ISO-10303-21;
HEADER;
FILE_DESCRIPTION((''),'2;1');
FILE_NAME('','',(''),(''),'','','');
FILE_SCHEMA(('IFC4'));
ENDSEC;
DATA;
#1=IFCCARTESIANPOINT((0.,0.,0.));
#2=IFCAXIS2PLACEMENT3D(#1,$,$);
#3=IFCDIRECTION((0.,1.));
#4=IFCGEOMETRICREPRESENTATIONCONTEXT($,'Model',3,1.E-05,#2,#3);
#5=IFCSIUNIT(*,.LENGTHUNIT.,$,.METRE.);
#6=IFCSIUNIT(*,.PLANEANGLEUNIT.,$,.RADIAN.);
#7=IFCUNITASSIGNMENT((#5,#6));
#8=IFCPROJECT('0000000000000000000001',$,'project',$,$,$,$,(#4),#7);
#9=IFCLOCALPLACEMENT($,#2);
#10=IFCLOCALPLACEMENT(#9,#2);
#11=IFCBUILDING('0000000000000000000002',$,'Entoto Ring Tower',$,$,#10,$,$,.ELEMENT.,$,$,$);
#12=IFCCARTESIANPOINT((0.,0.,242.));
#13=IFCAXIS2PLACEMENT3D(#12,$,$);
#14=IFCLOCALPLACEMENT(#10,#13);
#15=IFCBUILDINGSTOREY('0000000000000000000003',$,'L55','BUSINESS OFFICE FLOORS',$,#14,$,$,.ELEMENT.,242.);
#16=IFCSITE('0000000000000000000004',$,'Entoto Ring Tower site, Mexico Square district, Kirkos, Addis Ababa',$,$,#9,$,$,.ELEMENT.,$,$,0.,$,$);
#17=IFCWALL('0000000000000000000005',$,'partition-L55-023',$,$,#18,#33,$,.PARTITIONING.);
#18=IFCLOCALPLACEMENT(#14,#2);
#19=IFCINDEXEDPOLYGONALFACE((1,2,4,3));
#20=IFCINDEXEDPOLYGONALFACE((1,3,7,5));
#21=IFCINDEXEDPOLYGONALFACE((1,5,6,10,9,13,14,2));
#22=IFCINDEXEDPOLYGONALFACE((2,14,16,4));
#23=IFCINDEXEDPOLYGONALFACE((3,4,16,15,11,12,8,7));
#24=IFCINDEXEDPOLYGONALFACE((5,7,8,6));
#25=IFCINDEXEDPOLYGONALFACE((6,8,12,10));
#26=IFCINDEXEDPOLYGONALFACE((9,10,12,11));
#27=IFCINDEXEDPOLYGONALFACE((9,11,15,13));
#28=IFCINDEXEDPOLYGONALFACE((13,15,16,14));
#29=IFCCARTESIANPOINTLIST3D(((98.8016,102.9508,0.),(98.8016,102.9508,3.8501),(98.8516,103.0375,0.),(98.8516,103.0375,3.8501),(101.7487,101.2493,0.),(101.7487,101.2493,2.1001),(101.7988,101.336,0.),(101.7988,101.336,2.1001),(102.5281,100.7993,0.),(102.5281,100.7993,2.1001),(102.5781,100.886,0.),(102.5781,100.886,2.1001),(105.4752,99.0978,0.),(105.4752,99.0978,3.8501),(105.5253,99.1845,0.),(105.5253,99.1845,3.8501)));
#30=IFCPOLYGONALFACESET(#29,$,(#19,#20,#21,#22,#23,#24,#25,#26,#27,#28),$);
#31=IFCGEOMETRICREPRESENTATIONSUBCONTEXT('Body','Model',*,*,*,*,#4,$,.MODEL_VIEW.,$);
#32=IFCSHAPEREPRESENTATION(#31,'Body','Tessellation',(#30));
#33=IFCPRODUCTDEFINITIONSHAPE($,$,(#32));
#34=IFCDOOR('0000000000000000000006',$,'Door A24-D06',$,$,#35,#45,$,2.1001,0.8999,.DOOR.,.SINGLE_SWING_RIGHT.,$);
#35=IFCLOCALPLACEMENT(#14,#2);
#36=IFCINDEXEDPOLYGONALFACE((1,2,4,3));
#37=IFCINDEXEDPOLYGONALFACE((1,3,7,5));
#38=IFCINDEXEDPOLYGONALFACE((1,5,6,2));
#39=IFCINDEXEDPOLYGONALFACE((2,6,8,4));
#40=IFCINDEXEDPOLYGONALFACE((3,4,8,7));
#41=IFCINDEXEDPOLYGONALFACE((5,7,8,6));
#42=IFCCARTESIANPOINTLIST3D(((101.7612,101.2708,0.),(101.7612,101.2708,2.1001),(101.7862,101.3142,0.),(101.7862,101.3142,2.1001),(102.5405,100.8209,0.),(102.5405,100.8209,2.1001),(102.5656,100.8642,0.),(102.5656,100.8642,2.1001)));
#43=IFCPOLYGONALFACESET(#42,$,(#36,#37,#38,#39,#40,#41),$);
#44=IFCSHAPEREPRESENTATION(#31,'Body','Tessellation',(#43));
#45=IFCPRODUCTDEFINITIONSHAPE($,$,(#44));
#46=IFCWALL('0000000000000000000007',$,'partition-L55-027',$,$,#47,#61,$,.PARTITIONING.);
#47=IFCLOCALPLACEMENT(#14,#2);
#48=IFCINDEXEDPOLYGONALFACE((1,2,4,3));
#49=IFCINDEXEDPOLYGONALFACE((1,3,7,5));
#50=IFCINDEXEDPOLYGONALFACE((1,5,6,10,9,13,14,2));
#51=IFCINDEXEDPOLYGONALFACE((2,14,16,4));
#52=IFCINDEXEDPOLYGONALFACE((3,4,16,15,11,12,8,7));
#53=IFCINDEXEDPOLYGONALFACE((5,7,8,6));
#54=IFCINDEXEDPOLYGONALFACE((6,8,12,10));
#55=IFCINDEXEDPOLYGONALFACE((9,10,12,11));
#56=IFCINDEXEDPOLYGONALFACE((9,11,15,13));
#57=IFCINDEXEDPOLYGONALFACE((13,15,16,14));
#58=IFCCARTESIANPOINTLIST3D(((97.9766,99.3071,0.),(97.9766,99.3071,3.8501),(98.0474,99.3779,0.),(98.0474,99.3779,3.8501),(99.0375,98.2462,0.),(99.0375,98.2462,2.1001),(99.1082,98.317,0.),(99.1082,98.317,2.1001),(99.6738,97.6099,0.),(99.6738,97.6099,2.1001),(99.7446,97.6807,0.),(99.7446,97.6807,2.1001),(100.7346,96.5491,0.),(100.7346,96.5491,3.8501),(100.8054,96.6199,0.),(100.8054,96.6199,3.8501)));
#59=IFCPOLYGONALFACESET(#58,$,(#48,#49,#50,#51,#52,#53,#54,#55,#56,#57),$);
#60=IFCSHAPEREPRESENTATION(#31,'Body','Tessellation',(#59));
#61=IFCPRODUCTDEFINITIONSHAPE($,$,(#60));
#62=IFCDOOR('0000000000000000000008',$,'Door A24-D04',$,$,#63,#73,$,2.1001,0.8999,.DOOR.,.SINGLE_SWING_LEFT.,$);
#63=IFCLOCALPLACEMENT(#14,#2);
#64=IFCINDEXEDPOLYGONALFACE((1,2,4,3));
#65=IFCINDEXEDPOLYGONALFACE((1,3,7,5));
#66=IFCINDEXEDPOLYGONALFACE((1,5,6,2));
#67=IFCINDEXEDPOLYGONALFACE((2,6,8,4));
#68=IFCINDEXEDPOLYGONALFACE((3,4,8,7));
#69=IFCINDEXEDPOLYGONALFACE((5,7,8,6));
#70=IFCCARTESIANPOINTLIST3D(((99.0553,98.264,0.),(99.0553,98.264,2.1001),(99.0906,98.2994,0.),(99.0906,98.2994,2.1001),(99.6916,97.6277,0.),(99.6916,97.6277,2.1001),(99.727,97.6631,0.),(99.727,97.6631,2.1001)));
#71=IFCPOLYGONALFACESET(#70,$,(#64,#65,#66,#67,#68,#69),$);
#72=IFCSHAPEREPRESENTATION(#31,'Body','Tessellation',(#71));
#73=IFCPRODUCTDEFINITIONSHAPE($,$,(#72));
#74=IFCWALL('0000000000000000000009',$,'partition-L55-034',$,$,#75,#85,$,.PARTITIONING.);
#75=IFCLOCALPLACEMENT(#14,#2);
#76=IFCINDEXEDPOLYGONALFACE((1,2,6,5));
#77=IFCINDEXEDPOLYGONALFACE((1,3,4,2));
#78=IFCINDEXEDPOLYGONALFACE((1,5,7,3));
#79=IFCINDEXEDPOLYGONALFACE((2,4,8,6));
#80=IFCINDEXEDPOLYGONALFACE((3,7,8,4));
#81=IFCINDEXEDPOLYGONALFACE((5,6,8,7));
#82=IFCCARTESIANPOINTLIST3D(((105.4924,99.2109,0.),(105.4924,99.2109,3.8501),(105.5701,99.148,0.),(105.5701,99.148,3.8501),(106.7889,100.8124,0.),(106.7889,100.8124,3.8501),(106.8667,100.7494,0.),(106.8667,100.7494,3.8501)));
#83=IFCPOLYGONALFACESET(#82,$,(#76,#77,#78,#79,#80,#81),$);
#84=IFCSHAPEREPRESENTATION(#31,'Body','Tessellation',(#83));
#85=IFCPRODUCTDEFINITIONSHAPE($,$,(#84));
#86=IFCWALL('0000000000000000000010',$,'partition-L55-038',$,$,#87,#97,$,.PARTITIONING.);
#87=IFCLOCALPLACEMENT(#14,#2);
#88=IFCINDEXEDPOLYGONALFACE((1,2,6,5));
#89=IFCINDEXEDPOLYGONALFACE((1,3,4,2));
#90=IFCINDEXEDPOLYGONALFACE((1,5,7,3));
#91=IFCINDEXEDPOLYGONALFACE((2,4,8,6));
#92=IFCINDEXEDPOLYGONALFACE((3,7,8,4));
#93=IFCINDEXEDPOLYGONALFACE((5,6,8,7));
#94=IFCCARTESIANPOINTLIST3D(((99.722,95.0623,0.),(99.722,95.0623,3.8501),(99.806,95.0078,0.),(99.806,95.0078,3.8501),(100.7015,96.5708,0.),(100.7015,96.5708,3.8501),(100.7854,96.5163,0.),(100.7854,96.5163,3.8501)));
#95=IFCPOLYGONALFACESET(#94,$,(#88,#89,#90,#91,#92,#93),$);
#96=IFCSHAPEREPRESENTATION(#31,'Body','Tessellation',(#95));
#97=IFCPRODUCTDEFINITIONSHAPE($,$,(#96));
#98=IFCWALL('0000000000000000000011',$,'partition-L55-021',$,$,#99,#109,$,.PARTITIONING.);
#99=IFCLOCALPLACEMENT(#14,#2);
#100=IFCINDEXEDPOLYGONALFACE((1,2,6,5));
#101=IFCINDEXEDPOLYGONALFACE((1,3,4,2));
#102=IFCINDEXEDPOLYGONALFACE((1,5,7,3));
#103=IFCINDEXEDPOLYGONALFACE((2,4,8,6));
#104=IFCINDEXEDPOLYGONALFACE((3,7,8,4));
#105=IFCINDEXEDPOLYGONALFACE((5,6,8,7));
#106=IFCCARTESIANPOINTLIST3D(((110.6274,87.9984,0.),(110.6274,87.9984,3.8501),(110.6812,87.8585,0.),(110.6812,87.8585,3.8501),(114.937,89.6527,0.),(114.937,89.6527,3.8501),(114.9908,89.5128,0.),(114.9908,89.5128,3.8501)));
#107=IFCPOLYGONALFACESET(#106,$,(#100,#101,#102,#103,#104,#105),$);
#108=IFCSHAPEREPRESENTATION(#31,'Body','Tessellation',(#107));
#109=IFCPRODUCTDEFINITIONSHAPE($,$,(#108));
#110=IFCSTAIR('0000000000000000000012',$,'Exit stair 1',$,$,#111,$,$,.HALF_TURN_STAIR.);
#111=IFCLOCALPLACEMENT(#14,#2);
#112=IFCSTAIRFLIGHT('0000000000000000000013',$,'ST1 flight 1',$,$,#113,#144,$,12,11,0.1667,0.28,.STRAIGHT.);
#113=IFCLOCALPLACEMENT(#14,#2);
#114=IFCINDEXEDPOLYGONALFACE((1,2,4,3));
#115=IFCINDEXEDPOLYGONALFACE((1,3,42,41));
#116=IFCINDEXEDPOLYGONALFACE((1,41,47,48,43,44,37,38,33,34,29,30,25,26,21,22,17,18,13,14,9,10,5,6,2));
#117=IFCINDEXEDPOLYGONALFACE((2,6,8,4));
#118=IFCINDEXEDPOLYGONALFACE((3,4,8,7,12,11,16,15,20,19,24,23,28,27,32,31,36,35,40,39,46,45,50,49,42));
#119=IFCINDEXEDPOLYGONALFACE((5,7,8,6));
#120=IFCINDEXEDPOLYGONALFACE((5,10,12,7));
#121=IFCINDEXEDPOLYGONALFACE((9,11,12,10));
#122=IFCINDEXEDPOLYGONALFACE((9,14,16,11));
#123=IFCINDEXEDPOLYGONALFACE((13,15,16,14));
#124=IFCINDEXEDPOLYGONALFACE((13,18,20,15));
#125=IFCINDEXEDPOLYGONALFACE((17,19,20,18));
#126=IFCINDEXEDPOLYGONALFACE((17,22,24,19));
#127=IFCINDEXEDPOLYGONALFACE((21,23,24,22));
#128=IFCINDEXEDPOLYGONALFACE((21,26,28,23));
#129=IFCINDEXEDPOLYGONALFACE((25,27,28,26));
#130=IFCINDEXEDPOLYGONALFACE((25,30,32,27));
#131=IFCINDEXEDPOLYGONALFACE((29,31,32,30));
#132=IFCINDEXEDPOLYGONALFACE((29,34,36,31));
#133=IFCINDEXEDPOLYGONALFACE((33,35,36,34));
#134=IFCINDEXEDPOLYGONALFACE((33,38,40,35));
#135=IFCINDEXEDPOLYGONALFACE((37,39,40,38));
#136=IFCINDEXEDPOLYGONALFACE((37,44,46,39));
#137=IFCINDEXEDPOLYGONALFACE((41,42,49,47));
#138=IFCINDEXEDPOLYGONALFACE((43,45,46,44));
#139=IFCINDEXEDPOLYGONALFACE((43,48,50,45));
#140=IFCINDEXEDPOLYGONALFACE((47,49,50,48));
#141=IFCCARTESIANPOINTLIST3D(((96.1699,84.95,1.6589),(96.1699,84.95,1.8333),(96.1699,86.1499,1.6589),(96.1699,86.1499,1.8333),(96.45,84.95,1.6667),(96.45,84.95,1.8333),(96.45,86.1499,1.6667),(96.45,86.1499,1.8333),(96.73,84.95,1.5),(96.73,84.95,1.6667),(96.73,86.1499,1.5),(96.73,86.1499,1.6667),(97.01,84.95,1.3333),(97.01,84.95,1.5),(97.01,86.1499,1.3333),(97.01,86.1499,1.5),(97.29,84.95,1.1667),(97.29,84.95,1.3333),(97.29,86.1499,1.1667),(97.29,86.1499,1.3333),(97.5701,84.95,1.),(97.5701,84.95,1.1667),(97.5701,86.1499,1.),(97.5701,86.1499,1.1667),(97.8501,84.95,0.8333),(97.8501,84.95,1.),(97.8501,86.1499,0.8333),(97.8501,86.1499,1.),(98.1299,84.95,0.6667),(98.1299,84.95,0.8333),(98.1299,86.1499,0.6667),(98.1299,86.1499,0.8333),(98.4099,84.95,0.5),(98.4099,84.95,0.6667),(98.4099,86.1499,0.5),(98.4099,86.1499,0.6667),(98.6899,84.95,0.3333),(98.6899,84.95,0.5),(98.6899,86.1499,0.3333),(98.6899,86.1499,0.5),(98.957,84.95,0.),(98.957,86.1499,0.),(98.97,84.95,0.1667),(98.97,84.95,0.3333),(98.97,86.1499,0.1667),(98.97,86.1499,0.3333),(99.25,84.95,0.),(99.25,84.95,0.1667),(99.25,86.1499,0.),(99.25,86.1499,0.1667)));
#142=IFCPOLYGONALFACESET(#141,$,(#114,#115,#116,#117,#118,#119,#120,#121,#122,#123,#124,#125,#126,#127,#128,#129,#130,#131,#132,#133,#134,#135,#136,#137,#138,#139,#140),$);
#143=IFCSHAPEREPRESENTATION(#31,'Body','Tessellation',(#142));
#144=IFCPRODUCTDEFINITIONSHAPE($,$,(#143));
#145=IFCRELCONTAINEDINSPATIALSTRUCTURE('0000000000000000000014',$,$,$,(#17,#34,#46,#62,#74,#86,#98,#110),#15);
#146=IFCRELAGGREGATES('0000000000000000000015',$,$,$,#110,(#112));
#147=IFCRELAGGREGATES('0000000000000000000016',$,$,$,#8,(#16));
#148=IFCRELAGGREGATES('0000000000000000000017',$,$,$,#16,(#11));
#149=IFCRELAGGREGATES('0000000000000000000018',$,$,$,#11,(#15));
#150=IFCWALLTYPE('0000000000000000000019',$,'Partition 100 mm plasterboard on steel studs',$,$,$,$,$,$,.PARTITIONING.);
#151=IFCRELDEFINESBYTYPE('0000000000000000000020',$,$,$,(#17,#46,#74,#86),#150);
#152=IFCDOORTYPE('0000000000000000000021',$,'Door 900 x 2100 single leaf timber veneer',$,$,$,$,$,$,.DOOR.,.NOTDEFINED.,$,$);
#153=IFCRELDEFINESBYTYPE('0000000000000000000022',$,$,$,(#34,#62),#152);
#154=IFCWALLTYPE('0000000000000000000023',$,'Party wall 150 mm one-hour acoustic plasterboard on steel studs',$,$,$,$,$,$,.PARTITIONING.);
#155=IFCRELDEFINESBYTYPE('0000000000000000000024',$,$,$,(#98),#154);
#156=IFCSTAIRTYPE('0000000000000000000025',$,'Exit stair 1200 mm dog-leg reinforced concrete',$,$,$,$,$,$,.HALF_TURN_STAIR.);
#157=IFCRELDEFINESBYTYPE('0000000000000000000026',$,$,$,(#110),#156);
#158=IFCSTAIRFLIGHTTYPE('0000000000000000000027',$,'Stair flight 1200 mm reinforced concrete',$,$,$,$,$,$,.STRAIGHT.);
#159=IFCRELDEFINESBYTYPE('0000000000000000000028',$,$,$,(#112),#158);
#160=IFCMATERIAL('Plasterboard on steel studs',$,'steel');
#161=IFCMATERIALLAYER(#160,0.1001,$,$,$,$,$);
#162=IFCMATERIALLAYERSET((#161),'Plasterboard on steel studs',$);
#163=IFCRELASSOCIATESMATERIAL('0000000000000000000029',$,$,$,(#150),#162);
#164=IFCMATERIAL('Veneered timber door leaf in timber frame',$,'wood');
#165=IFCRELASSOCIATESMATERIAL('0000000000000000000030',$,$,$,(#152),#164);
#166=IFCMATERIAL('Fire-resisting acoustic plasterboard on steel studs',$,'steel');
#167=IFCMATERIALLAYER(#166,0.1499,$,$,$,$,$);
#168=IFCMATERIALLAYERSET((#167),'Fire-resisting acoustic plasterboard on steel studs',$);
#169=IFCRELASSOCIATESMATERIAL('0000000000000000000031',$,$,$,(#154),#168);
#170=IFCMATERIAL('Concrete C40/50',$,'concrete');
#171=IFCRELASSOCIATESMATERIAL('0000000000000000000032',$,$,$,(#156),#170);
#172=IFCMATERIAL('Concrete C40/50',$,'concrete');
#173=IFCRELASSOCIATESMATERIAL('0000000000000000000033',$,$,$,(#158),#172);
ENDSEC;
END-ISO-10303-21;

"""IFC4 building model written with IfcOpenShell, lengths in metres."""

from ifc_helpers import new_model, si_unit, direction, frame, frame_2d, origin, place, context, subcontext, project, spatial, polyline, rectangle, outline, extrude, material, layer, layer_set, type_object, element, fill, aggregate, save


model = new_model("IFC4")

# Units and contexts
model_context = context("Model", 3, precision=1e-05, world=origin(), true_north=direction((0.0, 1.0)))
body_context = subcontext(model_context, "Body", "Model", "MODEL_VIEW")
ifc_project = project(units=[si_unit("LENGTHUNIT", "METRE"), si_unit("PLANEANGLEUNIT", "RADIAN")], contexts=[model_context])

# Site, building, storey
site_placement = place(None, origin())
site = spatial("IfcSite", under=ifc_project, at=site_placement, Name="Entoto Ring Tower site, Mexico Square district, Kirkos, Addis Ababa", CompositionType="ELEMENT", RefElevation=0.0)
building_placement = place(site_placement, origin())
building = spatial("IfcBuilding", under=site, at=building_placement, Name="Entoto Ring Tower", CompositionType="ELEMENT")
storey_placement = place(building_placement, frame((0.0, 0.0, 242.0)))
storey = spatial("IfcBuildingStorey", under=building, at=storey_placement, Name="L55", Description="BUSINESS OFFICE FLOORS", CompositionType="ELEMENT", Elevation=242.0)

# Walls, openings, doors
ifc_material_1 = material(Name="Plasterboard on steel studs", Category="steel")
ifc_layer_1 = layer(ifc_material_1, 0.1001)
ifc_layer_set_1 = layer_set([ifc_layer_1], Name="Plasterboard on steel studs")
wall_type_1 = type_object("IfcWallType", Name="Partition 100 mm plasterboard on steel studs", PredefinedType="PARTITIONING", material=ifc_layer_set_1)
wall_1_placement = place(storey_placement, frame((105.5002, 99.1411, 0.0), z_axis=(0.0, 0.0, 1.0), x_axis=(-0.866024, 0.500003, 0.0)))
wall_1 = element("IfcWall", 1, at=wall_1_placement, inside=storey, type_object=wall_type_1, Name="partition-L55-023", PredefinedType="PARTITIONING", context=body_context, shape_type="SweptSolid", body=[
    extrude(rectangle(XDim=7.7061, YDim=0.1001, at=frame_2d((3.853, 0.0))), origin(), (0.0, 0.0, 1.0), 3.8501),
])
opening_1_placement = place(wall_1_placement, frame((3.4031, 0.0, 0.0)))
opening_1 = element("IfcOpeningElement", 2, at=opening_1_placement, cuts=wall_1, PredefinedType="OPENING", context=body_context, shape_type="SweptSolid", body=[
    extrude(rectangle(XDim=0.8999, YDim=2.1001, at=frame_2d((0.45, 1.05))), frame((0.0, 0.0601, 0.0), z_axis=(0.0, -1.0, 0.0), x_axis=(1.0, 0.0, 0.0)), (0.0, 0.0, 1.0), 0.1201),
])
ifc_material_2 = material(Name="Veneered timber door leaf in timber frame", Category="wood")
door_type_1 = type_object("IfcDoorType", Name="Door 900 x 2100 single leaf timber veneer", OperationType="NOTDEFINED", PredefinedType="DOOR", material=ifc_material_2)
door_1_placement = place(opening_1_placement, frame((0.8999, 0.0, 0.0), z_axis=(0.0, 0.0, 1.0), x_axis=(-1.0, 0.0, 0.0)))
door_1 = element("IfcDoor", 3, at=door_1_placement, inside=storey, type_object=door_type_1, Name="Door A24-D06", OperationType="SINGLE_SWING_RIGHT", OverallHeight=2.1001, OverallWidth=0.8999, PredefinedType="DOOR", context=body_context, shape_type="SweptSolid", body=[
    extrude(rectangle(XDim=0.8999, YDim=2.1001, at=frame_2d((0.45, 1.05))), frame((0.0, 0.0249, 0.0), z_axis=(0.0, -1.0, 0.0), x_axis=(1.0, 0.0, 0.0)), (0.0, 0.0, 1.0), 0.05),
])
fill(opening_1, door_1)
wall_2_placement = place(storey_placement, frame((100.77, 96.5845, 0.0), z_axis=(0.0, 0.0, 1.0), x_axis=(-0.707107, 0.707107, 0.0)))
wall_2 = element("IfcWall", 4, at=wall_2_placement, inside=storey, type_object=wall_type_1, Name="partition-L55-027", PredefinedType="PARTITIONING", context=body_context, shape_type="SweptSolid", body=[
    extrude(rectangle(XDim=3.9004, YDim=0.1001, at=frame_2d((1.9502, 0.0))), origin(), (0.0, 0.0, 1.0), 3.8501),
])
opening_2_placement = place(wall_2_placement, frame((1.5002, 0.0, 0.0)))
opening_2 = element("IfcOpeningElement", 5, at=opening_2_placement, cuts=wall_2, PredefinedType="OPENING", context=body_context, shape_type="SweptSolid", body=[
    extrude(rectangle(XDim=0.8999, YDim=2.1001, at=frame_2d((0.45, 1.05))), frame((0.0, 0.0601, 0.0), z_axis=(0.0, -1.0, 0.0), x_axis=(1.0, 0.0, 0.0)), (0.0, 0.0, 1.0), 0.1201),
])
door_2_placement = place(opening_2_placement, origin())
door_2 = element("IfcDoor", 6, at=door_2_placement, inside=storey, type_object=door_type_1, Name="Door A24-D04", OperationType="SINGLE_SWING_LEFT", OverallHeight=2.1001, OverallWidth=0.8999, PredefinedType="DOOR", context=body_context, shape_type="SweptSolid", body=[
    extrude(rectangle(XDim=0.8999, YDim=2.1001, at=frame_2d((0.45, 1.05))), frame((0.0, 0.0249, 0.0), z_axis=(0.0, -1.0, 0.0), x_axis=(1.0, 0.0, 0.0)), (0.0, 0.0, 1.0), 0.05),
])
fill(opening_2, door_2)

# Walls
wall_3_placement = place(storey_placement, frame((105.5312, 99.1794, 0.0), z_axis=(0.0, 0.0, 1.0), x_axis=(0.629236, 0.777215, 0.0)))
element("IfcWall", 7, at=wall_3_placement, inside=storey, type_object=wall_type_1, Name="partition-L55-034", PredefinedType="PARTITIONING", context=body_context, shape_type="SweptSolid", body=[
    extrude(rectangle(XDim=2.0605, YDim=0.1001, at=frame_2d((1.0303, 0.0))), origin(), (0.0, 0.0, 1.0), 3.8501),
])
wall_4_placement = place(storey_placement, frame((99.7639, 95.0349, 0.0), z_axis=(0.0, 0.0, 1.0), x_axis=(0.544573, 0.838713, 0.0)))
element("IfcWall", 8, at=wall_4_placement, inside=storey, type_object=wall_type_1, Name="partition-L55-038", PredefinedType="PARTITIONING", context=body_context, shape_type="SweptSolid", body=[
    extrude(rectangle(XDim=1.7986, YDim=0.1001, at=frame_2d((0.8994, 0.0))), origin(), (0.0, 0.0, 1.0), 3.8501),
])
ifc_material_3 = material(Name="Fire-resisting acoustic plasterboard on steel studs", Category="steel")
ifc_layer_2 = layer(ifc_material_3, 0.1499)
ifc_layer_set_2 = layer_set([ifc_layer_2], Name="Fire-resisting acoustic plasterboard on steel studs")
wall_type_2 = type_object("IfcWallType", Name="Party wall 150 mm one-hour acoustic plasterboard on steel studs", PredefinedType="PARTITIONING", material=ifc_layer_set_2)
wall_5_placement = place(storey_placement, frame((110.6543, 87.9285, 0.0), z_axis=(0.0, 0.0, 1.0), x_axis=(0.93358, 0.358369, 0.0)))
element("IfcWall", 9, at=wall_5_placement, inside=storey, type_object=wall_type_2, Name="partition-L55-021", PredefinedType="PARTITIONING", context=body_context, shape_type="SweptSolid", body=[
    extrude(rectangle(XDim=4.6162, YDim=0.1499, at=frame_2d((2.3081, 0.0))), origin(), (0.0, 0.0, 1.0), 3.8501),
])

# Stair, stair flight
ifc_material_4 = material(Name="Concrete C40/50", Category="concrete")
stair_type = type_object("IfcStairType", Name="Exit stair 1200 mm dog-leg reinforced concrete", PredefinedType="HALF_TURN_STAIR", material=ifc_material_4)
stair_placement = place(storey_placement, origin())
stair = element("IfcStair", 10, at=stair_placement, inside=storey, type_object=stair_type, Name="Exit stair 1", PredefinedType="HALF_TURN_STAIR")
ifc_material_5 = material(Name="Concrete C40/50", Category="concrete")
stair_flight_type = type_object("IfcStairFlightType", Name="Stair flight 1200 mm reinforced concrete", PredefinedType="STRAIGHT", material=ifc_material_5)
stair_flight_placement = place(storey_placement, frame((99.25, 85.55, 0.0), z_axis=(0.0, 0.0, 1.0), x_axis=(-1.0, 0.0, 0.0)))
stair_flight = element("IfcStairFlight", 11, at=stair_flight_placement, type_object=stair_flight_type, Name="ST1 flight 1", NumberOfRisers=12, NumberOfTreads=11, PredefinedType="STRAIGHT", RiserHeight=0.1667, TreadLength=0.28, context=body_context, shape_type="SweptSolid", body=[
    extrude(outline(polyline([(0.0, 0.0), (0.0, 0.1667), (0.28, 0.1667), (0.28, 0.3333), (0.5601, 0.3333), (0.5601, 0.5), (0.8401, 0.5), (0.8401, 0.6667), (1.1201, 0.6667), (1.1201, 0.8333), (1.3999, 0.8333), (1.3999, 1.0), (1.6799, 1.0), (1.6799, 1.1667), (1.96, 1.1667), (1.96, 1.3333), (2.24, 1.3333), (2.24, 1.5), (2.52, 1.5), (2.52, 1.6667), (2.8, 1.6667), (2.8, 1.8333), (3.0801, 1.8333), (3.0801, 2.0), (3.0801, 1.6589), (0.293, 0.0), (0.0, 0.0)])), frame((0.0, 0.6001, 0.0), z_axis=(0.0, -1.0, 0.0), x_axis=(1.0, 0.0, 0.0)), (0.0, 0.0, 1.0), 1.2),
])
aggregate(stair, [stair_flight])

save(model, "model.ifc")
